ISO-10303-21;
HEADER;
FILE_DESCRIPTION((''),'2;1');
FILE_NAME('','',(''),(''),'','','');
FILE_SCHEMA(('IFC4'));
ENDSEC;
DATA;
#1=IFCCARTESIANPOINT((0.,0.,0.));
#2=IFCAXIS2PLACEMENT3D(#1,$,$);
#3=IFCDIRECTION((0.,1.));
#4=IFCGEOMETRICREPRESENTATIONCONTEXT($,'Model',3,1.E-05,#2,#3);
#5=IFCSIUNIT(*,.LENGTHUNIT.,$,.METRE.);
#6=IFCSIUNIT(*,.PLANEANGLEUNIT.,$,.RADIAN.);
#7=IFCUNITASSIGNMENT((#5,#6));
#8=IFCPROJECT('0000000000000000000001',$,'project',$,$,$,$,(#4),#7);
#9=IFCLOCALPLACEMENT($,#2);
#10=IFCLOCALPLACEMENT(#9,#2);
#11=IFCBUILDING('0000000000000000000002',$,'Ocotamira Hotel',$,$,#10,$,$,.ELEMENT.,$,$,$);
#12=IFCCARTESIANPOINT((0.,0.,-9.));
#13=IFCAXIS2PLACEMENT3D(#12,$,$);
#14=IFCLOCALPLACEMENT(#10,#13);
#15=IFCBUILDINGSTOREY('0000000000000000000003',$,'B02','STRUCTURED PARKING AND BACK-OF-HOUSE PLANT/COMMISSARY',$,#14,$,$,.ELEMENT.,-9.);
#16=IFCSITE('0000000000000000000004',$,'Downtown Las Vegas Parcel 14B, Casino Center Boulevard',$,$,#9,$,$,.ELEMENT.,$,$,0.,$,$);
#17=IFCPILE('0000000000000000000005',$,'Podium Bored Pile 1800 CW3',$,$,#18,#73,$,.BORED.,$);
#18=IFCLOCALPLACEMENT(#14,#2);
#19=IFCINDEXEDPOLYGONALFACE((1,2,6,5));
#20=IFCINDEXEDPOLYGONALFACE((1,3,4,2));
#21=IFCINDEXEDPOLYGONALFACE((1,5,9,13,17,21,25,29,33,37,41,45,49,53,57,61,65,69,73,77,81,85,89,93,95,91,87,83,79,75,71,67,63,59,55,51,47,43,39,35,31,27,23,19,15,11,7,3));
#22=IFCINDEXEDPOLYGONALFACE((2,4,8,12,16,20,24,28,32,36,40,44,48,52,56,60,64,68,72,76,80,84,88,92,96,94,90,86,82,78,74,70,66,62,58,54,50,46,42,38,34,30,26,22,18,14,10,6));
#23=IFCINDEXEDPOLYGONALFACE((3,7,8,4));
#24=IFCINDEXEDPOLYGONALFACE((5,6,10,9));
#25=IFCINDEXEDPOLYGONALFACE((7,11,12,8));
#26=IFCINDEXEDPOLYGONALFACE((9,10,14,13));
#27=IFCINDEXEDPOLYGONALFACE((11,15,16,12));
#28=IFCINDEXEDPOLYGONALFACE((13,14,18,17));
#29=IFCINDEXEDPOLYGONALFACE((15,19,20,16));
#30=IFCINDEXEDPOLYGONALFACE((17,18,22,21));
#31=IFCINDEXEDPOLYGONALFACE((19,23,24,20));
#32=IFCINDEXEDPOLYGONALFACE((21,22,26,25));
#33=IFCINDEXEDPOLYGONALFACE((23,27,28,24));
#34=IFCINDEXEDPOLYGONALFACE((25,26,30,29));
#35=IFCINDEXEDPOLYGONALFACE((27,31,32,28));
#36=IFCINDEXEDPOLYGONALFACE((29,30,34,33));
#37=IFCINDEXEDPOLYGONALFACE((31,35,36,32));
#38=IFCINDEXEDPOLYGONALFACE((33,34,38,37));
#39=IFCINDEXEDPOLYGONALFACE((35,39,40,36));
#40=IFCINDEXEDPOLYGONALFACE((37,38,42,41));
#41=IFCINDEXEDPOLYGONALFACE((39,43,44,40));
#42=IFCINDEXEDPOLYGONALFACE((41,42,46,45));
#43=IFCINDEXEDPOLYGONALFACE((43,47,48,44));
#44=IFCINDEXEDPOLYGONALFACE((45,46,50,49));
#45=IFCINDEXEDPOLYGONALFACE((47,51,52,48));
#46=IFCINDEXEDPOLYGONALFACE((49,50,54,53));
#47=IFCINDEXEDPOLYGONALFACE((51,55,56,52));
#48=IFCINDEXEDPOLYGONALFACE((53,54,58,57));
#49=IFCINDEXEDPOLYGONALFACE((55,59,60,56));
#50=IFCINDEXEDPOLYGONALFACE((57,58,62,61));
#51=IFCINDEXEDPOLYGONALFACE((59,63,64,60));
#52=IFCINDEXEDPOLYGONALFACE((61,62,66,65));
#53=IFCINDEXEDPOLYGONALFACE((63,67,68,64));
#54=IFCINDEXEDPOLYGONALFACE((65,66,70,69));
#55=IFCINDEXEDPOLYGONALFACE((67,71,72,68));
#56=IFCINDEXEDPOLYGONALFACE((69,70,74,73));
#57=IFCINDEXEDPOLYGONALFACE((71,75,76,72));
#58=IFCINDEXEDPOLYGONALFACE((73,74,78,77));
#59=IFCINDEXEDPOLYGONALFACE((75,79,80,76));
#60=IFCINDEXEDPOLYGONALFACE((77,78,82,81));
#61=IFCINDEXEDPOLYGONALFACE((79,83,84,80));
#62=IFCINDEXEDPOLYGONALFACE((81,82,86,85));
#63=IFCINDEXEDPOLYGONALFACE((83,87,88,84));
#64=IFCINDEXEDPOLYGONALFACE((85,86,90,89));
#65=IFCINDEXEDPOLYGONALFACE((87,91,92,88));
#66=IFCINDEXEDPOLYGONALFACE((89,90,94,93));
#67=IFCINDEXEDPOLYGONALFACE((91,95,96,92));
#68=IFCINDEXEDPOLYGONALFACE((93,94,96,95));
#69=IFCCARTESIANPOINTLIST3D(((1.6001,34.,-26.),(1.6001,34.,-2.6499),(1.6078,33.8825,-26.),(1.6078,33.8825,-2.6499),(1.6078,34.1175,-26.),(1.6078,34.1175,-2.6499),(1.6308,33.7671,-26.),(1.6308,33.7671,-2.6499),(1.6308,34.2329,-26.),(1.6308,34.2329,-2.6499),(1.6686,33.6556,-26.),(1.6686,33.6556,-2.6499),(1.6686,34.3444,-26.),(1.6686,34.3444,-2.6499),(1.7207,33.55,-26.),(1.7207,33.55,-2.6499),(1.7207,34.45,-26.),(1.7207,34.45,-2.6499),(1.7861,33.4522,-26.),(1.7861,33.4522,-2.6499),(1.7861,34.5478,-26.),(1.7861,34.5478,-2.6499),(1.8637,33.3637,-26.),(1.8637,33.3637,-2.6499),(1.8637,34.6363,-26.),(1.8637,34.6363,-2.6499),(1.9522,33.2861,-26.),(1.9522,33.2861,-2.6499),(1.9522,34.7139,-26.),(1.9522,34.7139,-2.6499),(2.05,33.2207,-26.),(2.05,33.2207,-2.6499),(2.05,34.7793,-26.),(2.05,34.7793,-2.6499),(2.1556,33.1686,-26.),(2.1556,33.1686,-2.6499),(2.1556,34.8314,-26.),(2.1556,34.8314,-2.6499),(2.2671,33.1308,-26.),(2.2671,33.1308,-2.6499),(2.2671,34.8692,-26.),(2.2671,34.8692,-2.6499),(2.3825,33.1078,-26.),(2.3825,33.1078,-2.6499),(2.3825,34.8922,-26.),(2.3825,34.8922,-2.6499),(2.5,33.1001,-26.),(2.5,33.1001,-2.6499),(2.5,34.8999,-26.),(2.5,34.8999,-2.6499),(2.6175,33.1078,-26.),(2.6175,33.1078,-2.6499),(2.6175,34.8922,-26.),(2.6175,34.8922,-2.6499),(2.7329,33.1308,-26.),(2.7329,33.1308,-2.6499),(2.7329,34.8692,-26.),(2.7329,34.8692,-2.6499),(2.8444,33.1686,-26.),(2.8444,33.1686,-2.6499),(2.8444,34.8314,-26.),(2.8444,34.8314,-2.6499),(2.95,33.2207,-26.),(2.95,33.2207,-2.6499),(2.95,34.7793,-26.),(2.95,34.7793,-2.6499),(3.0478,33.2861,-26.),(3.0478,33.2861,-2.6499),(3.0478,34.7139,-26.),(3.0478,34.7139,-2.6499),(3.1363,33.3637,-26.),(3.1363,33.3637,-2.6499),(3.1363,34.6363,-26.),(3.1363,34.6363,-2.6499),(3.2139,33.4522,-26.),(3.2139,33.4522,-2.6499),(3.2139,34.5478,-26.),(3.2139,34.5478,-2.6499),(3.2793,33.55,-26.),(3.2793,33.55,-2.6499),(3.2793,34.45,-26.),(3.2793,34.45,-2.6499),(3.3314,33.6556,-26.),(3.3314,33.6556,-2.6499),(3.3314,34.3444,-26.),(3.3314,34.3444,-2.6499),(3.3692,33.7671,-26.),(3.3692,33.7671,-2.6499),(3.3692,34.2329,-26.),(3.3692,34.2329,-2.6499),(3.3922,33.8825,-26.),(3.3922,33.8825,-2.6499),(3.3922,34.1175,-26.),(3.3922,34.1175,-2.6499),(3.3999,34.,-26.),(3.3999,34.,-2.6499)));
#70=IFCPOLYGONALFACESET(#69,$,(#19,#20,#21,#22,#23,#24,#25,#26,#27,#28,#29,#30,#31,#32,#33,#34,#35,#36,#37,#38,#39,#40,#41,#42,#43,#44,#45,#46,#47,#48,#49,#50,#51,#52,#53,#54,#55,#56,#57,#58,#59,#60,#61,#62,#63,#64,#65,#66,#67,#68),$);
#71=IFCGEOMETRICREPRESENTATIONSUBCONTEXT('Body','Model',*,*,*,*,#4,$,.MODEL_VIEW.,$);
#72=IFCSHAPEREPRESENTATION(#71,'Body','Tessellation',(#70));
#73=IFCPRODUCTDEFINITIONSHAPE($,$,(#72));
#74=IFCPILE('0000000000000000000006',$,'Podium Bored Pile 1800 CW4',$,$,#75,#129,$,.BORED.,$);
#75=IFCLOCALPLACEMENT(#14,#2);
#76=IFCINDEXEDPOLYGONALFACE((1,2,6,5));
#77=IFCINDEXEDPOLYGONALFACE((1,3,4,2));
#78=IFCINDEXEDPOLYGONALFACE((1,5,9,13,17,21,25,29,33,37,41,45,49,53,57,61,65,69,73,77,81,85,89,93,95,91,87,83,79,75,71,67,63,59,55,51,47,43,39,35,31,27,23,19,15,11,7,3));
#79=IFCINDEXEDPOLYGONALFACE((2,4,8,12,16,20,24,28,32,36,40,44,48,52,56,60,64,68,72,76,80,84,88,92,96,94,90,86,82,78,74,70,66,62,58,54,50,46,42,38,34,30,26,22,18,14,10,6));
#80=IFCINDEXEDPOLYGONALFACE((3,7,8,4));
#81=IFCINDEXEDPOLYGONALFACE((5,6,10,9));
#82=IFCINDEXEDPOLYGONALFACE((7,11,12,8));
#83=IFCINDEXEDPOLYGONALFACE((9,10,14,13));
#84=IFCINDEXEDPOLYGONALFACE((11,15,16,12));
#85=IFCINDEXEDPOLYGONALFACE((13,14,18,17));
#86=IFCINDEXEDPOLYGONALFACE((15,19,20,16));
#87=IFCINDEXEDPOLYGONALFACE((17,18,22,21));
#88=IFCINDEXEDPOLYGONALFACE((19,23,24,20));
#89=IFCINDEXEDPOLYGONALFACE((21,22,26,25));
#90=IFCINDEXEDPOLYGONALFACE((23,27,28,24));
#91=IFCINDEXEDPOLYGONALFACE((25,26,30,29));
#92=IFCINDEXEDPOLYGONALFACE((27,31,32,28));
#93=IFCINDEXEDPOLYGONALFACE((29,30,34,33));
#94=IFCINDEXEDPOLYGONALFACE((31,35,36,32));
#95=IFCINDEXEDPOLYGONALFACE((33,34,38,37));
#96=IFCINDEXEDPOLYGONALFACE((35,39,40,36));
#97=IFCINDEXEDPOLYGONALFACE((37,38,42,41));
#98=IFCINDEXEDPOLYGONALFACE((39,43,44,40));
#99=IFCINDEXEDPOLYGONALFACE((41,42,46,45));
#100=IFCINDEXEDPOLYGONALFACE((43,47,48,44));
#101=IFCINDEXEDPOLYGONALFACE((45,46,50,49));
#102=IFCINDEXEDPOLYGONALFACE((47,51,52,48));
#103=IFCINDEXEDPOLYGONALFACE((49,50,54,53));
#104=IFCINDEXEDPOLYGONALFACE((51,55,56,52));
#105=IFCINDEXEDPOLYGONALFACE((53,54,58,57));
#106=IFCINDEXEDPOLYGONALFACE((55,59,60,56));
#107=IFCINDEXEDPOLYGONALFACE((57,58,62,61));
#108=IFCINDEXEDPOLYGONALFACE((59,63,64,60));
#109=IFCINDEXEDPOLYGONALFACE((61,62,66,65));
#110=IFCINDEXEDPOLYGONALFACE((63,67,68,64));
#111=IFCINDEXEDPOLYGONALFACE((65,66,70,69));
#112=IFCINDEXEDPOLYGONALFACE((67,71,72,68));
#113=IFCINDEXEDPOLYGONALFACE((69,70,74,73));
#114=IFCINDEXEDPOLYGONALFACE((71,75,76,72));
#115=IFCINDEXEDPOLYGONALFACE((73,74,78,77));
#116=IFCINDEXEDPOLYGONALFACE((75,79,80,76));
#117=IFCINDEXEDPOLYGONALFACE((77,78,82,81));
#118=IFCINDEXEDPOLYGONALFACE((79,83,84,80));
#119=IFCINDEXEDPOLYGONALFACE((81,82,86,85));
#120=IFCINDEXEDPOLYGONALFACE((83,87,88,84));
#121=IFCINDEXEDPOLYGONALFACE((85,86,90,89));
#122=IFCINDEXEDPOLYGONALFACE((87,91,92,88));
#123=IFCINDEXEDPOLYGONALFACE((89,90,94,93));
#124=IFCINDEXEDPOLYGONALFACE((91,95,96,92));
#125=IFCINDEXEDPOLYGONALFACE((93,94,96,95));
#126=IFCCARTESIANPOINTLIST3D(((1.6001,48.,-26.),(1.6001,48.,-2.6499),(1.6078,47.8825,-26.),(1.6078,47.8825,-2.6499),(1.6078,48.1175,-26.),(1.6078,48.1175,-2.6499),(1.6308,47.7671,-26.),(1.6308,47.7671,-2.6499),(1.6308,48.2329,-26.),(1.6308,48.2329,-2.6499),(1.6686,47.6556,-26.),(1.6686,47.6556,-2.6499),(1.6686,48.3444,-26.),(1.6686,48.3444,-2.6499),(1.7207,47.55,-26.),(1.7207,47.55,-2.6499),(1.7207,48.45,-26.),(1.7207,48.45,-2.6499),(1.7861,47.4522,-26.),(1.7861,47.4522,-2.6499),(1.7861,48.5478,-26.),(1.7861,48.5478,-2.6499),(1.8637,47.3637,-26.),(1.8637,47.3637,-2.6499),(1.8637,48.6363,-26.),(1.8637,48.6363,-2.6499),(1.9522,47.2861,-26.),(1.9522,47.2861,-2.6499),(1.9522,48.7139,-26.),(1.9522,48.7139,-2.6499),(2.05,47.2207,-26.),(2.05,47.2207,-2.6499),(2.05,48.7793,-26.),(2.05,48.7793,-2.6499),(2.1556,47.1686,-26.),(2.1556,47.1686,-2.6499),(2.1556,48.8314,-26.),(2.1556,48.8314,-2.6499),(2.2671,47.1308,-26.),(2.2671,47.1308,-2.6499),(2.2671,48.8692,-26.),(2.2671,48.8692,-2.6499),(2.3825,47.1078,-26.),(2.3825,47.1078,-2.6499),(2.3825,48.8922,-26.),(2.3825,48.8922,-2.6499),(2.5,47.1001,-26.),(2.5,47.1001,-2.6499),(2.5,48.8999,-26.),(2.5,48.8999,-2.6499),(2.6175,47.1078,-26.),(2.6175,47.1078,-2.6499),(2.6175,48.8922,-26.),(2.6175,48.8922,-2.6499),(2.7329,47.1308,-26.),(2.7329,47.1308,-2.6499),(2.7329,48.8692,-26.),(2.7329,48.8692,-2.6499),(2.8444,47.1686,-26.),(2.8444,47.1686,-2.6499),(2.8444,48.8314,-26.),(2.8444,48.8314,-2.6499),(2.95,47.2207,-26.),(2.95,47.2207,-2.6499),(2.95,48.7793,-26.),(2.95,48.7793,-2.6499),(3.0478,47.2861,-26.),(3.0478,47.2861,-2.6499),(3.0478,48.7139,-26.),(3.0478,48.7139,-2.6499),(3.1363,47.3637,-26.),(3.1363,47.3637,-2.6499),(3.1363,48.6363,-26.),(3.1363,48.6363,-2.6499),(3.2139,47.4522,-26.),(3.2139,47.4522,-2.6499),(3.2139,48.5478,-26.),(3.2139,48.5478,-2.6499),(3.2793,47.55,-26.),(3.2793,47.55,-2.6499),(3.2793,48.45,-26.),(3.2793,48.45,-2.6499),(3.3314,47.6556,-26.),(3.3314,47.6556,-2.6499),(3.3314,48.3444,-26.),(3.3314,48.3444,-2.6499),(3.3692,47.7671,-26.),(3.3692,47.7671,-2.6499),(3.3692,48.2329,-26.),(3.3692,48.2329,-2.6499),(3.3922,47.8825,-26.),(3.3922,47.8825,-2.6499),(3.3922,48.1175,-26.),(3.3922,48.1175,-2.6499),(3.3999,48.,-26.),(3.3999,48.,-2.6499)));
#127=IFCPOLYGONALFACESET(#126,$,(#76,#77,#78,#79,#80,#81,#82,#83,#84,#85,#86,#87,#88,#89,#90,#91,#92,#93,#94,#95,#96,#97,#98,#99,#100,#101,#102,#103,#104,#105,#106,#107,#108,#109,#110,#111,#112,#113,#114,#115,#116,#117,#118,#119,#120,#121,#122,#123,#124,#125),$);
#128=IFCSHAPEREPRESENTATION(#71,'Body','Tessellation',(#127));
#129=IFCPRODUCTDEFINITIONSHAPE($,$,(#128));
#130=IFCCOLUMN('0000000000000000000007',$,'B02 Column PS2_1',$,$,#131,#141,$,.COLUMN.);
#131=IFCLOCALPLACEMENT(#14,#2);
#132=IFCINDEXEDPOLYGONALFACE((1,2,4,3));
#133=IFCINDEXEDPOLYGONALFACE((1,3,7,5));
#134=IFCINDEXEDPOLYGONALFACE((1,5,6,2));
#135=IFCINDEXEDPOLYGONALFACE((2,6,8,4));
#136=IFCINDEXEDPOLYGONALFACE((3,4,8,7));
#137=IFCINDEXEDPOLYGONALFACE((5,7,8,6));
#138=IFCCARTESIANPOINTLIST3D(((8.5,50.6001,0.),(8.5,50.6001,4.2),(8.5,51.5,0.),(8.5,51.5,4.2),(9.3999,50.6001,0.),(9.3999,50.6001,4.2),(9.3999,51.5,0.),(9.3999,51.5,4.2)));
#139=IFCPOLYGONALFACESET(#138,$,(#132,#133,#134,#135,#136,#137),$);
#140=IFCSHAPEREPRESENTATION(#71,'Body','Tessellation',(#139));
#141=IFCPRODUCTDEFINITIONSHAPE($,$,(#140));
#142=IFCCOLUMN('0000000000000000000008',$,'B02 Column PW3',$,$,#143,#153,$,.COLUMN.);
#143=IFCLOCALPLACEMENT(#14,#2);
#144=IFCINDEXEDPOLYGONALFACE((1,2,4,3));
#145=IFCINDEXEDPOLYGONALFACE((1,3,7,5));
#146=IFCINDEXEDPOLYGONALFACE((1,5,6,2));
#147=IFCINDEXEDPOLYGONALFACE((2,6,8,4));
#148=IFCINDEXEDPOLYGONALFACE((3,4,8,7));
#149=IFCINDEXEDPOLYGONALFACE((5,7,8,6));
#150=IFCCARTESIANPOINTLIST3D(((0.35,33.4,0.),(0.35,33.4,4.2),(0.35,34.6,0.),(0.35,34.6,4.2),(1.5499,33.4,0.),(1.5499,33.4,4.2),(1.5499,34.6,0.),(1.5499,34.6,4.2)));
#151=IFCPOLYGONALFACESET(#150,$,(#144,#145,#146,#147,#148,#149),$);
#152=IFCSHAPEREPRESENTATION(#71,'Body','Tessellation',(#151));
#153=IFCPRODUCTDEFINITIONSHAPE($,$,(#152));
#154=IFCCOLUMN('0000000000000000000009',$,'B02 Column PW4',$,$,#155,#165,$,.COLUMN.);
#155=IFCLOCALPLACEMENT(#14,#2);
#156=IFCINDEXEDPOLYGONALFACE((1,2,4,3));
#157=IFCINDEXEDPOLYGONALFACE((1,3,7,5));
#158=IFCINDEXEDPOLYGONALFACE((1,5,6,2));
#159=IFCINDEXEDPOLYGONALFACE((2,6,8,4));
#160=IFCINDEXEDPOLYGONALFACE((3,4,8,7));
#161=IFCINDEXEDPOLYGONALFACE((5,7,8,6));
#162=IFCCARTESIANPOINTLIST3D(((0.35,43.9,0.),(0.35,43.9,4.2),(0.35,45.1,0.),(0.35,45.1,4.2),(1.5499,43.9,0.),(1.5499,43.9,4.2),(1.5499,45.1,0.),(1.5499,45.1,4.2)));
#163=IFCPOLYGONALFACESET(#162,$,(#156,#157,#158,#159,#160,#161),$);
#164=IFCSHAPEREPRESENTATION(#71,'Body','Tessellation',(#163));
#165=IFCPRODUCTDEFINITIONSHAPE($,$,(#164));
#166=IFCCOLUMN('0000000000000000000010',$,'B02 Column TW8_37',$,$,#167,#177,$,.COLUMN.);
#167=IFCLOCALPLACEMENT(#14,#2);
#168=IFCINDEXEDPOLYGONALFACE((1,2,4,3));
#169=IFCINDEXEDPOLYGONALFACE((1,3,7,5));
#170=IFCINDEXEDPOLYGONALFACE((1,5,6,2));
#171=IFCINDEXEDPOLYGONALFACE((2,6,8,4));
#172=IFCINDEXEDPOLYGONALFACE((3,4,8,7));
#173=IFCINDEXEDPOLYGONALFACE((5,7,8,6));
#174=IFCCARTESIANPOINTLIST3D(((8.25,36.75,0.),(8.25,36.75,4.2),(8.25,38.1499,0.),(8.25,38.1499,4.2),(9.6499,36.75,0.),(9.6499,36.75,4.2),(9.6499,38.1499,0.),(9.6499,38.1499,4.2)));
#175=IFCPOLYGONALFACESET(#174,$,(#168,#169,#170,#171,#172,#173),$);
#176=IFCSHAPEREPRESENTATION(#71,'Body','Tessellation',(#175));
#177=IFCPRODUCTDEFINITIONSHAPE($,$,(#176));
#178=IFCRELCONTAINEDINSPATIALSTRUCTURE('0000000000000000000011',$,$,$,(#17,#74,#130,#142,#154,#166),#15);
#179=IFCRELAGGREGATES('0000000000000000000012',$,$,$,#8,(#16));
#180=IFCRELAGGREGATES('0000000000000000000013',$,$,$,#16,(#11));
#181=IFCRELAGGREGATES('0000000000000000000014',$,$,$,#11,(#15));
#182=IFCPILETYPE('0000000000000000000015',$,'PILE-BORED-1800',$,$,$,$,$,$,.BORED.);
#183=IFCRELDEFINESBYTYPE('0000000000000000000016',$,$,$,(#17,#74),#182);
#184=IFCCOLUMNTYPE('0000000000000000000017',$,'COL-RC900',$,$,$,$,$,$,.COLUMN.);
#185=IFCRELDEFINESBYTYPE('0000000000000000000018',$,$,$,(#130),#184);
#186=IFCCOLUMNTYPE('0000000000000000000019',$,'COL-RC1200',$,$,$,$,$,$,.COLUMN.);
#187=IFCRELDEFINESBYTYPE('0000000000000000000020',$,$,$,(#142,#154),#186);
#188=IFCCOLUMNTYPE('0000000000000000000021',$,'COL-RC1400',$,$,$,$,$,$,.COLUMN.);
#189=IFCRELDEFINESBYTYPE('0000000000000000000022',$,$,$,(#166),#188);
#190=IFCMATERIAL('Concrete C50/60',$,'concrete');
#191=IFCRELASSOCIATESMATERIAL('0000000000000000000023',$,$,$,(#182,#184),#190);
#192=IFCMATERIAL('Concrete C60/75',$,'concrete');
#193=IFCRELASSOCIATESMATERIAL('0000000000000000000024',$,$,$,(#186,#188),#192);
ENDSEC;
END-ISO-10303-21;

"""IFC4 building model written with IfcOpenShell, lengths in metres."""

from ifc_helpers import new_model, si_unit, direction, frame, origin, origin_2d, place, context, subcontext, project, spatial, rectangle, circle, extrude, source, transform, mapped, material, material_profile, profile_set, type_object, element, save


model = new_model("IFC4")

# Units and contexts
model_context = context("Model", 3, precision=1e-05, world=origin(), true_north=direction((0.0, 1.0)))
body_context = subcontext(model_context, "Body", "Model", "MODEL_VIEW")
ifc_project = project(units=[si_unit("LENGTHUNIT", "METRE"), si_unit("PLANEANGLEUNIT", "RADIAN")], contexts=[model_context])

# Site, building, storey
site_placement = place(None, origin())
site = spatial("IfcSite", under=ifc_project, at=site_placement, Name="Downtown Las Vegas Parcel 14B, Casino Center Boulevard", CompositionType="ELEMENT", RefElevation=0.0)
building_placement = place(site_placement, origin())
building = spatial("IfcBuilding", under=site, at=building_placement, Name="Ocotamira Hotel", CompositionType="ELEMENT")
storey_placement = place(building_placement, frame((0.0, 0.0, -9.0)))
storey = spatial("IfcBuildingStorey", under=building, at=storey_placement, Name="B02", Description="STRUCTURED PARKING AND BACK-OF-HOUSE PLANT/COMMISSARY", CompositionType="ELEMENT", Elevation=-9.0)

# Piles
ifc_material_1 = material(Name="Concrete C50/60", Category="concrete")
ifc_material_profile_1 = material_profile(ifc_material_1, circle(Radius=0.8999, at=origin_2d()), Name="PILE1800")
ifc_profile_set_1 = profile_set([ifc_material_profile_1], Name="Concrete C50/60")
pile_type = type_object("IfcPileType", Name="PILE-BORED-1800", PredefinedType="BORED", material=ifc_profile_set_1)
shared_shape_1 = source(origin(), body_context, "Body", "SweptSolid", [
    extrude(circle(Radius=0.8999, at=origin_2d()), origin(), (0.0, 0.0, 1.0), 23.3501),
])
for number, where, z_axis, x_axis, name in (
    (1, (2.5, 34.0, -2.6499), (0.0, 0.0, -1.0), (1.0, 0.0, 0.0), "Podium Bored Pile 1800 CW3"),
    (2, (2.5, 48.0, -2.6499), (0.0, 0.0, -1.0), (1.0, 0.0, 0.0), "Podium Bored Pile 1800 CW4"),
):
    element("IfcPile", number, at=place(storey_placement, frame(where, z_axis=z_axis, x_axis=x_axis)), inside=storey, type_object=pile_type, Name=name, PredefinedType="BORED", context=body_context, shape_type="MappedRepresentation", body=[
        mapped(shared_shape_1, transform((0.0, 0.0, 0.0), scale=1.0)),
    ])

# Columns
ifc_material_profile_2 = material_profile(ifc_material_1, rectangle(XDim=0.8999, YDim=0.8999, at=origin_2d()), Name="RC900X900")
ifc_profile_set_2 = profile_set([ifc_material_profile_2], Name="Concrete C50/60")
column_type_1 = type_object("IfcColumnType", Name="COL-RC900", PredefinedType="COLUMN", material=ifc_profile_set_2)
shared_shape_2 = source(origin(), body_context, "Body", "SweptSolid", [
    extrude(rectangle(XDim=0.8999, YDim=0.8999, at=origin_2d()), origin(), (0.0, 0.0, 1.0), 4.2),
])
column_1_placement = place(storey_placement, frame((8.95, 51.05, 0.0), z_axis=(0.0, 0.0, 1.0), x_axis=(1.0, 0.0, 0.0)))
element("IfcColumn", 3, at=column_1_placement, inside=storey, type_object=column_type_1, Name="B02 Column PS2_1", PredefinedType="COLUMN", context=body_context, shape_type="MappedRepresentation", body=[
    mapped(shared_shape_2, transform((0.0, 0.0, 0.0), scale=1.0)),
])
ifc_material_2 = material(Name="Concrete C60/75", Category="concrete")
ifc_material_profile_3 = material_profile(ifc_material_2, rectangle(XDim=1.2, YDim=1.2, at=origin_2d()), Name="RC1200X1200")
ifc_profile_set_3 = profile_set([ifc_material_profile_3], Name="Concrete C60/75")
column_type_2 = type_object("IfcColumnType", Name="COL-RC1200", PredefinedType="COLUMN", material=ifc_profile_set_3)
shared_shape_3 = source(origin(), body_context, "Body", "SweptSolid", [
    extrude(rectangle(XDim=1.2, YDim=1.2, at=origin_2d()), origin(), (0.0, 0.0, 1.0), 4.2),
])
for number, where, z_axis, x_axis, name in (
    (4, (0.95, 34.0, 0.0), (0.0, 0.0, 1.0), (1.0, 0.0, 0.0), "B02 Column PW3"),
    (5, (0.95, 44.5, 0.0), (0.0, 0.0, 1.0), (1.0, 0.0, 0.0), "B02 Column PW4"),
):
    element("IfcColumn", number, at=place(storey_placement, frame(where, z_axis=z_axis, x_axis=x_axis)), inside=storey, type_object=column_type_2, Name=name, PredefinedType="COLUMN", context=body_context, shape_type="MappedRepresentation", body=[
        mapped(shared_shape_3, transform((0.0, 0.0, 0.0), scale=1.0)),
    ])
ifc_material_profile_4 = material_profile(ifc_material_2, rectangle(XDim=1.3999, YDim=1.3999, at=origin_2d()), Name="RC1400X1400")
ifc_profile_set_4 = profile_set([ifc_material_profile_4], Name="Concrete C60/75")
column_type_3 = type_object("IfcColumnType", Name="COL-RC1400", PredefinedType="COLUMN", material=ifc_profile_set_4)
shared_shape_4 = source(origin(), body_context, "Body", "SweptSolid", [
    extrude(rectangle(XDim=1.3999, YDim=1.3999, at=origin_2d()), origin(), (0.0, 0.0, 1.0), 4.2),
])
column_2_placement = place(storey_placement, frame((8.95, 37.45, 0.0), z_axis=(0.0, 0.0, 1.0), x_axis=(1.0, 0.0, 0.0)))
element("IfcColumn", 6, at=column_2_placement, inside=storey, type_object=column_type_3, Name="B02 Column TW8_37", PredefinedType="COLUMN", context=body_context, shape_type="MappedRepresentation", body=[
    mapped(shared_shape_4, transform((0.0, 0.0, 0.0), scale=1.0)),
])

save(model, "model.ifc")
